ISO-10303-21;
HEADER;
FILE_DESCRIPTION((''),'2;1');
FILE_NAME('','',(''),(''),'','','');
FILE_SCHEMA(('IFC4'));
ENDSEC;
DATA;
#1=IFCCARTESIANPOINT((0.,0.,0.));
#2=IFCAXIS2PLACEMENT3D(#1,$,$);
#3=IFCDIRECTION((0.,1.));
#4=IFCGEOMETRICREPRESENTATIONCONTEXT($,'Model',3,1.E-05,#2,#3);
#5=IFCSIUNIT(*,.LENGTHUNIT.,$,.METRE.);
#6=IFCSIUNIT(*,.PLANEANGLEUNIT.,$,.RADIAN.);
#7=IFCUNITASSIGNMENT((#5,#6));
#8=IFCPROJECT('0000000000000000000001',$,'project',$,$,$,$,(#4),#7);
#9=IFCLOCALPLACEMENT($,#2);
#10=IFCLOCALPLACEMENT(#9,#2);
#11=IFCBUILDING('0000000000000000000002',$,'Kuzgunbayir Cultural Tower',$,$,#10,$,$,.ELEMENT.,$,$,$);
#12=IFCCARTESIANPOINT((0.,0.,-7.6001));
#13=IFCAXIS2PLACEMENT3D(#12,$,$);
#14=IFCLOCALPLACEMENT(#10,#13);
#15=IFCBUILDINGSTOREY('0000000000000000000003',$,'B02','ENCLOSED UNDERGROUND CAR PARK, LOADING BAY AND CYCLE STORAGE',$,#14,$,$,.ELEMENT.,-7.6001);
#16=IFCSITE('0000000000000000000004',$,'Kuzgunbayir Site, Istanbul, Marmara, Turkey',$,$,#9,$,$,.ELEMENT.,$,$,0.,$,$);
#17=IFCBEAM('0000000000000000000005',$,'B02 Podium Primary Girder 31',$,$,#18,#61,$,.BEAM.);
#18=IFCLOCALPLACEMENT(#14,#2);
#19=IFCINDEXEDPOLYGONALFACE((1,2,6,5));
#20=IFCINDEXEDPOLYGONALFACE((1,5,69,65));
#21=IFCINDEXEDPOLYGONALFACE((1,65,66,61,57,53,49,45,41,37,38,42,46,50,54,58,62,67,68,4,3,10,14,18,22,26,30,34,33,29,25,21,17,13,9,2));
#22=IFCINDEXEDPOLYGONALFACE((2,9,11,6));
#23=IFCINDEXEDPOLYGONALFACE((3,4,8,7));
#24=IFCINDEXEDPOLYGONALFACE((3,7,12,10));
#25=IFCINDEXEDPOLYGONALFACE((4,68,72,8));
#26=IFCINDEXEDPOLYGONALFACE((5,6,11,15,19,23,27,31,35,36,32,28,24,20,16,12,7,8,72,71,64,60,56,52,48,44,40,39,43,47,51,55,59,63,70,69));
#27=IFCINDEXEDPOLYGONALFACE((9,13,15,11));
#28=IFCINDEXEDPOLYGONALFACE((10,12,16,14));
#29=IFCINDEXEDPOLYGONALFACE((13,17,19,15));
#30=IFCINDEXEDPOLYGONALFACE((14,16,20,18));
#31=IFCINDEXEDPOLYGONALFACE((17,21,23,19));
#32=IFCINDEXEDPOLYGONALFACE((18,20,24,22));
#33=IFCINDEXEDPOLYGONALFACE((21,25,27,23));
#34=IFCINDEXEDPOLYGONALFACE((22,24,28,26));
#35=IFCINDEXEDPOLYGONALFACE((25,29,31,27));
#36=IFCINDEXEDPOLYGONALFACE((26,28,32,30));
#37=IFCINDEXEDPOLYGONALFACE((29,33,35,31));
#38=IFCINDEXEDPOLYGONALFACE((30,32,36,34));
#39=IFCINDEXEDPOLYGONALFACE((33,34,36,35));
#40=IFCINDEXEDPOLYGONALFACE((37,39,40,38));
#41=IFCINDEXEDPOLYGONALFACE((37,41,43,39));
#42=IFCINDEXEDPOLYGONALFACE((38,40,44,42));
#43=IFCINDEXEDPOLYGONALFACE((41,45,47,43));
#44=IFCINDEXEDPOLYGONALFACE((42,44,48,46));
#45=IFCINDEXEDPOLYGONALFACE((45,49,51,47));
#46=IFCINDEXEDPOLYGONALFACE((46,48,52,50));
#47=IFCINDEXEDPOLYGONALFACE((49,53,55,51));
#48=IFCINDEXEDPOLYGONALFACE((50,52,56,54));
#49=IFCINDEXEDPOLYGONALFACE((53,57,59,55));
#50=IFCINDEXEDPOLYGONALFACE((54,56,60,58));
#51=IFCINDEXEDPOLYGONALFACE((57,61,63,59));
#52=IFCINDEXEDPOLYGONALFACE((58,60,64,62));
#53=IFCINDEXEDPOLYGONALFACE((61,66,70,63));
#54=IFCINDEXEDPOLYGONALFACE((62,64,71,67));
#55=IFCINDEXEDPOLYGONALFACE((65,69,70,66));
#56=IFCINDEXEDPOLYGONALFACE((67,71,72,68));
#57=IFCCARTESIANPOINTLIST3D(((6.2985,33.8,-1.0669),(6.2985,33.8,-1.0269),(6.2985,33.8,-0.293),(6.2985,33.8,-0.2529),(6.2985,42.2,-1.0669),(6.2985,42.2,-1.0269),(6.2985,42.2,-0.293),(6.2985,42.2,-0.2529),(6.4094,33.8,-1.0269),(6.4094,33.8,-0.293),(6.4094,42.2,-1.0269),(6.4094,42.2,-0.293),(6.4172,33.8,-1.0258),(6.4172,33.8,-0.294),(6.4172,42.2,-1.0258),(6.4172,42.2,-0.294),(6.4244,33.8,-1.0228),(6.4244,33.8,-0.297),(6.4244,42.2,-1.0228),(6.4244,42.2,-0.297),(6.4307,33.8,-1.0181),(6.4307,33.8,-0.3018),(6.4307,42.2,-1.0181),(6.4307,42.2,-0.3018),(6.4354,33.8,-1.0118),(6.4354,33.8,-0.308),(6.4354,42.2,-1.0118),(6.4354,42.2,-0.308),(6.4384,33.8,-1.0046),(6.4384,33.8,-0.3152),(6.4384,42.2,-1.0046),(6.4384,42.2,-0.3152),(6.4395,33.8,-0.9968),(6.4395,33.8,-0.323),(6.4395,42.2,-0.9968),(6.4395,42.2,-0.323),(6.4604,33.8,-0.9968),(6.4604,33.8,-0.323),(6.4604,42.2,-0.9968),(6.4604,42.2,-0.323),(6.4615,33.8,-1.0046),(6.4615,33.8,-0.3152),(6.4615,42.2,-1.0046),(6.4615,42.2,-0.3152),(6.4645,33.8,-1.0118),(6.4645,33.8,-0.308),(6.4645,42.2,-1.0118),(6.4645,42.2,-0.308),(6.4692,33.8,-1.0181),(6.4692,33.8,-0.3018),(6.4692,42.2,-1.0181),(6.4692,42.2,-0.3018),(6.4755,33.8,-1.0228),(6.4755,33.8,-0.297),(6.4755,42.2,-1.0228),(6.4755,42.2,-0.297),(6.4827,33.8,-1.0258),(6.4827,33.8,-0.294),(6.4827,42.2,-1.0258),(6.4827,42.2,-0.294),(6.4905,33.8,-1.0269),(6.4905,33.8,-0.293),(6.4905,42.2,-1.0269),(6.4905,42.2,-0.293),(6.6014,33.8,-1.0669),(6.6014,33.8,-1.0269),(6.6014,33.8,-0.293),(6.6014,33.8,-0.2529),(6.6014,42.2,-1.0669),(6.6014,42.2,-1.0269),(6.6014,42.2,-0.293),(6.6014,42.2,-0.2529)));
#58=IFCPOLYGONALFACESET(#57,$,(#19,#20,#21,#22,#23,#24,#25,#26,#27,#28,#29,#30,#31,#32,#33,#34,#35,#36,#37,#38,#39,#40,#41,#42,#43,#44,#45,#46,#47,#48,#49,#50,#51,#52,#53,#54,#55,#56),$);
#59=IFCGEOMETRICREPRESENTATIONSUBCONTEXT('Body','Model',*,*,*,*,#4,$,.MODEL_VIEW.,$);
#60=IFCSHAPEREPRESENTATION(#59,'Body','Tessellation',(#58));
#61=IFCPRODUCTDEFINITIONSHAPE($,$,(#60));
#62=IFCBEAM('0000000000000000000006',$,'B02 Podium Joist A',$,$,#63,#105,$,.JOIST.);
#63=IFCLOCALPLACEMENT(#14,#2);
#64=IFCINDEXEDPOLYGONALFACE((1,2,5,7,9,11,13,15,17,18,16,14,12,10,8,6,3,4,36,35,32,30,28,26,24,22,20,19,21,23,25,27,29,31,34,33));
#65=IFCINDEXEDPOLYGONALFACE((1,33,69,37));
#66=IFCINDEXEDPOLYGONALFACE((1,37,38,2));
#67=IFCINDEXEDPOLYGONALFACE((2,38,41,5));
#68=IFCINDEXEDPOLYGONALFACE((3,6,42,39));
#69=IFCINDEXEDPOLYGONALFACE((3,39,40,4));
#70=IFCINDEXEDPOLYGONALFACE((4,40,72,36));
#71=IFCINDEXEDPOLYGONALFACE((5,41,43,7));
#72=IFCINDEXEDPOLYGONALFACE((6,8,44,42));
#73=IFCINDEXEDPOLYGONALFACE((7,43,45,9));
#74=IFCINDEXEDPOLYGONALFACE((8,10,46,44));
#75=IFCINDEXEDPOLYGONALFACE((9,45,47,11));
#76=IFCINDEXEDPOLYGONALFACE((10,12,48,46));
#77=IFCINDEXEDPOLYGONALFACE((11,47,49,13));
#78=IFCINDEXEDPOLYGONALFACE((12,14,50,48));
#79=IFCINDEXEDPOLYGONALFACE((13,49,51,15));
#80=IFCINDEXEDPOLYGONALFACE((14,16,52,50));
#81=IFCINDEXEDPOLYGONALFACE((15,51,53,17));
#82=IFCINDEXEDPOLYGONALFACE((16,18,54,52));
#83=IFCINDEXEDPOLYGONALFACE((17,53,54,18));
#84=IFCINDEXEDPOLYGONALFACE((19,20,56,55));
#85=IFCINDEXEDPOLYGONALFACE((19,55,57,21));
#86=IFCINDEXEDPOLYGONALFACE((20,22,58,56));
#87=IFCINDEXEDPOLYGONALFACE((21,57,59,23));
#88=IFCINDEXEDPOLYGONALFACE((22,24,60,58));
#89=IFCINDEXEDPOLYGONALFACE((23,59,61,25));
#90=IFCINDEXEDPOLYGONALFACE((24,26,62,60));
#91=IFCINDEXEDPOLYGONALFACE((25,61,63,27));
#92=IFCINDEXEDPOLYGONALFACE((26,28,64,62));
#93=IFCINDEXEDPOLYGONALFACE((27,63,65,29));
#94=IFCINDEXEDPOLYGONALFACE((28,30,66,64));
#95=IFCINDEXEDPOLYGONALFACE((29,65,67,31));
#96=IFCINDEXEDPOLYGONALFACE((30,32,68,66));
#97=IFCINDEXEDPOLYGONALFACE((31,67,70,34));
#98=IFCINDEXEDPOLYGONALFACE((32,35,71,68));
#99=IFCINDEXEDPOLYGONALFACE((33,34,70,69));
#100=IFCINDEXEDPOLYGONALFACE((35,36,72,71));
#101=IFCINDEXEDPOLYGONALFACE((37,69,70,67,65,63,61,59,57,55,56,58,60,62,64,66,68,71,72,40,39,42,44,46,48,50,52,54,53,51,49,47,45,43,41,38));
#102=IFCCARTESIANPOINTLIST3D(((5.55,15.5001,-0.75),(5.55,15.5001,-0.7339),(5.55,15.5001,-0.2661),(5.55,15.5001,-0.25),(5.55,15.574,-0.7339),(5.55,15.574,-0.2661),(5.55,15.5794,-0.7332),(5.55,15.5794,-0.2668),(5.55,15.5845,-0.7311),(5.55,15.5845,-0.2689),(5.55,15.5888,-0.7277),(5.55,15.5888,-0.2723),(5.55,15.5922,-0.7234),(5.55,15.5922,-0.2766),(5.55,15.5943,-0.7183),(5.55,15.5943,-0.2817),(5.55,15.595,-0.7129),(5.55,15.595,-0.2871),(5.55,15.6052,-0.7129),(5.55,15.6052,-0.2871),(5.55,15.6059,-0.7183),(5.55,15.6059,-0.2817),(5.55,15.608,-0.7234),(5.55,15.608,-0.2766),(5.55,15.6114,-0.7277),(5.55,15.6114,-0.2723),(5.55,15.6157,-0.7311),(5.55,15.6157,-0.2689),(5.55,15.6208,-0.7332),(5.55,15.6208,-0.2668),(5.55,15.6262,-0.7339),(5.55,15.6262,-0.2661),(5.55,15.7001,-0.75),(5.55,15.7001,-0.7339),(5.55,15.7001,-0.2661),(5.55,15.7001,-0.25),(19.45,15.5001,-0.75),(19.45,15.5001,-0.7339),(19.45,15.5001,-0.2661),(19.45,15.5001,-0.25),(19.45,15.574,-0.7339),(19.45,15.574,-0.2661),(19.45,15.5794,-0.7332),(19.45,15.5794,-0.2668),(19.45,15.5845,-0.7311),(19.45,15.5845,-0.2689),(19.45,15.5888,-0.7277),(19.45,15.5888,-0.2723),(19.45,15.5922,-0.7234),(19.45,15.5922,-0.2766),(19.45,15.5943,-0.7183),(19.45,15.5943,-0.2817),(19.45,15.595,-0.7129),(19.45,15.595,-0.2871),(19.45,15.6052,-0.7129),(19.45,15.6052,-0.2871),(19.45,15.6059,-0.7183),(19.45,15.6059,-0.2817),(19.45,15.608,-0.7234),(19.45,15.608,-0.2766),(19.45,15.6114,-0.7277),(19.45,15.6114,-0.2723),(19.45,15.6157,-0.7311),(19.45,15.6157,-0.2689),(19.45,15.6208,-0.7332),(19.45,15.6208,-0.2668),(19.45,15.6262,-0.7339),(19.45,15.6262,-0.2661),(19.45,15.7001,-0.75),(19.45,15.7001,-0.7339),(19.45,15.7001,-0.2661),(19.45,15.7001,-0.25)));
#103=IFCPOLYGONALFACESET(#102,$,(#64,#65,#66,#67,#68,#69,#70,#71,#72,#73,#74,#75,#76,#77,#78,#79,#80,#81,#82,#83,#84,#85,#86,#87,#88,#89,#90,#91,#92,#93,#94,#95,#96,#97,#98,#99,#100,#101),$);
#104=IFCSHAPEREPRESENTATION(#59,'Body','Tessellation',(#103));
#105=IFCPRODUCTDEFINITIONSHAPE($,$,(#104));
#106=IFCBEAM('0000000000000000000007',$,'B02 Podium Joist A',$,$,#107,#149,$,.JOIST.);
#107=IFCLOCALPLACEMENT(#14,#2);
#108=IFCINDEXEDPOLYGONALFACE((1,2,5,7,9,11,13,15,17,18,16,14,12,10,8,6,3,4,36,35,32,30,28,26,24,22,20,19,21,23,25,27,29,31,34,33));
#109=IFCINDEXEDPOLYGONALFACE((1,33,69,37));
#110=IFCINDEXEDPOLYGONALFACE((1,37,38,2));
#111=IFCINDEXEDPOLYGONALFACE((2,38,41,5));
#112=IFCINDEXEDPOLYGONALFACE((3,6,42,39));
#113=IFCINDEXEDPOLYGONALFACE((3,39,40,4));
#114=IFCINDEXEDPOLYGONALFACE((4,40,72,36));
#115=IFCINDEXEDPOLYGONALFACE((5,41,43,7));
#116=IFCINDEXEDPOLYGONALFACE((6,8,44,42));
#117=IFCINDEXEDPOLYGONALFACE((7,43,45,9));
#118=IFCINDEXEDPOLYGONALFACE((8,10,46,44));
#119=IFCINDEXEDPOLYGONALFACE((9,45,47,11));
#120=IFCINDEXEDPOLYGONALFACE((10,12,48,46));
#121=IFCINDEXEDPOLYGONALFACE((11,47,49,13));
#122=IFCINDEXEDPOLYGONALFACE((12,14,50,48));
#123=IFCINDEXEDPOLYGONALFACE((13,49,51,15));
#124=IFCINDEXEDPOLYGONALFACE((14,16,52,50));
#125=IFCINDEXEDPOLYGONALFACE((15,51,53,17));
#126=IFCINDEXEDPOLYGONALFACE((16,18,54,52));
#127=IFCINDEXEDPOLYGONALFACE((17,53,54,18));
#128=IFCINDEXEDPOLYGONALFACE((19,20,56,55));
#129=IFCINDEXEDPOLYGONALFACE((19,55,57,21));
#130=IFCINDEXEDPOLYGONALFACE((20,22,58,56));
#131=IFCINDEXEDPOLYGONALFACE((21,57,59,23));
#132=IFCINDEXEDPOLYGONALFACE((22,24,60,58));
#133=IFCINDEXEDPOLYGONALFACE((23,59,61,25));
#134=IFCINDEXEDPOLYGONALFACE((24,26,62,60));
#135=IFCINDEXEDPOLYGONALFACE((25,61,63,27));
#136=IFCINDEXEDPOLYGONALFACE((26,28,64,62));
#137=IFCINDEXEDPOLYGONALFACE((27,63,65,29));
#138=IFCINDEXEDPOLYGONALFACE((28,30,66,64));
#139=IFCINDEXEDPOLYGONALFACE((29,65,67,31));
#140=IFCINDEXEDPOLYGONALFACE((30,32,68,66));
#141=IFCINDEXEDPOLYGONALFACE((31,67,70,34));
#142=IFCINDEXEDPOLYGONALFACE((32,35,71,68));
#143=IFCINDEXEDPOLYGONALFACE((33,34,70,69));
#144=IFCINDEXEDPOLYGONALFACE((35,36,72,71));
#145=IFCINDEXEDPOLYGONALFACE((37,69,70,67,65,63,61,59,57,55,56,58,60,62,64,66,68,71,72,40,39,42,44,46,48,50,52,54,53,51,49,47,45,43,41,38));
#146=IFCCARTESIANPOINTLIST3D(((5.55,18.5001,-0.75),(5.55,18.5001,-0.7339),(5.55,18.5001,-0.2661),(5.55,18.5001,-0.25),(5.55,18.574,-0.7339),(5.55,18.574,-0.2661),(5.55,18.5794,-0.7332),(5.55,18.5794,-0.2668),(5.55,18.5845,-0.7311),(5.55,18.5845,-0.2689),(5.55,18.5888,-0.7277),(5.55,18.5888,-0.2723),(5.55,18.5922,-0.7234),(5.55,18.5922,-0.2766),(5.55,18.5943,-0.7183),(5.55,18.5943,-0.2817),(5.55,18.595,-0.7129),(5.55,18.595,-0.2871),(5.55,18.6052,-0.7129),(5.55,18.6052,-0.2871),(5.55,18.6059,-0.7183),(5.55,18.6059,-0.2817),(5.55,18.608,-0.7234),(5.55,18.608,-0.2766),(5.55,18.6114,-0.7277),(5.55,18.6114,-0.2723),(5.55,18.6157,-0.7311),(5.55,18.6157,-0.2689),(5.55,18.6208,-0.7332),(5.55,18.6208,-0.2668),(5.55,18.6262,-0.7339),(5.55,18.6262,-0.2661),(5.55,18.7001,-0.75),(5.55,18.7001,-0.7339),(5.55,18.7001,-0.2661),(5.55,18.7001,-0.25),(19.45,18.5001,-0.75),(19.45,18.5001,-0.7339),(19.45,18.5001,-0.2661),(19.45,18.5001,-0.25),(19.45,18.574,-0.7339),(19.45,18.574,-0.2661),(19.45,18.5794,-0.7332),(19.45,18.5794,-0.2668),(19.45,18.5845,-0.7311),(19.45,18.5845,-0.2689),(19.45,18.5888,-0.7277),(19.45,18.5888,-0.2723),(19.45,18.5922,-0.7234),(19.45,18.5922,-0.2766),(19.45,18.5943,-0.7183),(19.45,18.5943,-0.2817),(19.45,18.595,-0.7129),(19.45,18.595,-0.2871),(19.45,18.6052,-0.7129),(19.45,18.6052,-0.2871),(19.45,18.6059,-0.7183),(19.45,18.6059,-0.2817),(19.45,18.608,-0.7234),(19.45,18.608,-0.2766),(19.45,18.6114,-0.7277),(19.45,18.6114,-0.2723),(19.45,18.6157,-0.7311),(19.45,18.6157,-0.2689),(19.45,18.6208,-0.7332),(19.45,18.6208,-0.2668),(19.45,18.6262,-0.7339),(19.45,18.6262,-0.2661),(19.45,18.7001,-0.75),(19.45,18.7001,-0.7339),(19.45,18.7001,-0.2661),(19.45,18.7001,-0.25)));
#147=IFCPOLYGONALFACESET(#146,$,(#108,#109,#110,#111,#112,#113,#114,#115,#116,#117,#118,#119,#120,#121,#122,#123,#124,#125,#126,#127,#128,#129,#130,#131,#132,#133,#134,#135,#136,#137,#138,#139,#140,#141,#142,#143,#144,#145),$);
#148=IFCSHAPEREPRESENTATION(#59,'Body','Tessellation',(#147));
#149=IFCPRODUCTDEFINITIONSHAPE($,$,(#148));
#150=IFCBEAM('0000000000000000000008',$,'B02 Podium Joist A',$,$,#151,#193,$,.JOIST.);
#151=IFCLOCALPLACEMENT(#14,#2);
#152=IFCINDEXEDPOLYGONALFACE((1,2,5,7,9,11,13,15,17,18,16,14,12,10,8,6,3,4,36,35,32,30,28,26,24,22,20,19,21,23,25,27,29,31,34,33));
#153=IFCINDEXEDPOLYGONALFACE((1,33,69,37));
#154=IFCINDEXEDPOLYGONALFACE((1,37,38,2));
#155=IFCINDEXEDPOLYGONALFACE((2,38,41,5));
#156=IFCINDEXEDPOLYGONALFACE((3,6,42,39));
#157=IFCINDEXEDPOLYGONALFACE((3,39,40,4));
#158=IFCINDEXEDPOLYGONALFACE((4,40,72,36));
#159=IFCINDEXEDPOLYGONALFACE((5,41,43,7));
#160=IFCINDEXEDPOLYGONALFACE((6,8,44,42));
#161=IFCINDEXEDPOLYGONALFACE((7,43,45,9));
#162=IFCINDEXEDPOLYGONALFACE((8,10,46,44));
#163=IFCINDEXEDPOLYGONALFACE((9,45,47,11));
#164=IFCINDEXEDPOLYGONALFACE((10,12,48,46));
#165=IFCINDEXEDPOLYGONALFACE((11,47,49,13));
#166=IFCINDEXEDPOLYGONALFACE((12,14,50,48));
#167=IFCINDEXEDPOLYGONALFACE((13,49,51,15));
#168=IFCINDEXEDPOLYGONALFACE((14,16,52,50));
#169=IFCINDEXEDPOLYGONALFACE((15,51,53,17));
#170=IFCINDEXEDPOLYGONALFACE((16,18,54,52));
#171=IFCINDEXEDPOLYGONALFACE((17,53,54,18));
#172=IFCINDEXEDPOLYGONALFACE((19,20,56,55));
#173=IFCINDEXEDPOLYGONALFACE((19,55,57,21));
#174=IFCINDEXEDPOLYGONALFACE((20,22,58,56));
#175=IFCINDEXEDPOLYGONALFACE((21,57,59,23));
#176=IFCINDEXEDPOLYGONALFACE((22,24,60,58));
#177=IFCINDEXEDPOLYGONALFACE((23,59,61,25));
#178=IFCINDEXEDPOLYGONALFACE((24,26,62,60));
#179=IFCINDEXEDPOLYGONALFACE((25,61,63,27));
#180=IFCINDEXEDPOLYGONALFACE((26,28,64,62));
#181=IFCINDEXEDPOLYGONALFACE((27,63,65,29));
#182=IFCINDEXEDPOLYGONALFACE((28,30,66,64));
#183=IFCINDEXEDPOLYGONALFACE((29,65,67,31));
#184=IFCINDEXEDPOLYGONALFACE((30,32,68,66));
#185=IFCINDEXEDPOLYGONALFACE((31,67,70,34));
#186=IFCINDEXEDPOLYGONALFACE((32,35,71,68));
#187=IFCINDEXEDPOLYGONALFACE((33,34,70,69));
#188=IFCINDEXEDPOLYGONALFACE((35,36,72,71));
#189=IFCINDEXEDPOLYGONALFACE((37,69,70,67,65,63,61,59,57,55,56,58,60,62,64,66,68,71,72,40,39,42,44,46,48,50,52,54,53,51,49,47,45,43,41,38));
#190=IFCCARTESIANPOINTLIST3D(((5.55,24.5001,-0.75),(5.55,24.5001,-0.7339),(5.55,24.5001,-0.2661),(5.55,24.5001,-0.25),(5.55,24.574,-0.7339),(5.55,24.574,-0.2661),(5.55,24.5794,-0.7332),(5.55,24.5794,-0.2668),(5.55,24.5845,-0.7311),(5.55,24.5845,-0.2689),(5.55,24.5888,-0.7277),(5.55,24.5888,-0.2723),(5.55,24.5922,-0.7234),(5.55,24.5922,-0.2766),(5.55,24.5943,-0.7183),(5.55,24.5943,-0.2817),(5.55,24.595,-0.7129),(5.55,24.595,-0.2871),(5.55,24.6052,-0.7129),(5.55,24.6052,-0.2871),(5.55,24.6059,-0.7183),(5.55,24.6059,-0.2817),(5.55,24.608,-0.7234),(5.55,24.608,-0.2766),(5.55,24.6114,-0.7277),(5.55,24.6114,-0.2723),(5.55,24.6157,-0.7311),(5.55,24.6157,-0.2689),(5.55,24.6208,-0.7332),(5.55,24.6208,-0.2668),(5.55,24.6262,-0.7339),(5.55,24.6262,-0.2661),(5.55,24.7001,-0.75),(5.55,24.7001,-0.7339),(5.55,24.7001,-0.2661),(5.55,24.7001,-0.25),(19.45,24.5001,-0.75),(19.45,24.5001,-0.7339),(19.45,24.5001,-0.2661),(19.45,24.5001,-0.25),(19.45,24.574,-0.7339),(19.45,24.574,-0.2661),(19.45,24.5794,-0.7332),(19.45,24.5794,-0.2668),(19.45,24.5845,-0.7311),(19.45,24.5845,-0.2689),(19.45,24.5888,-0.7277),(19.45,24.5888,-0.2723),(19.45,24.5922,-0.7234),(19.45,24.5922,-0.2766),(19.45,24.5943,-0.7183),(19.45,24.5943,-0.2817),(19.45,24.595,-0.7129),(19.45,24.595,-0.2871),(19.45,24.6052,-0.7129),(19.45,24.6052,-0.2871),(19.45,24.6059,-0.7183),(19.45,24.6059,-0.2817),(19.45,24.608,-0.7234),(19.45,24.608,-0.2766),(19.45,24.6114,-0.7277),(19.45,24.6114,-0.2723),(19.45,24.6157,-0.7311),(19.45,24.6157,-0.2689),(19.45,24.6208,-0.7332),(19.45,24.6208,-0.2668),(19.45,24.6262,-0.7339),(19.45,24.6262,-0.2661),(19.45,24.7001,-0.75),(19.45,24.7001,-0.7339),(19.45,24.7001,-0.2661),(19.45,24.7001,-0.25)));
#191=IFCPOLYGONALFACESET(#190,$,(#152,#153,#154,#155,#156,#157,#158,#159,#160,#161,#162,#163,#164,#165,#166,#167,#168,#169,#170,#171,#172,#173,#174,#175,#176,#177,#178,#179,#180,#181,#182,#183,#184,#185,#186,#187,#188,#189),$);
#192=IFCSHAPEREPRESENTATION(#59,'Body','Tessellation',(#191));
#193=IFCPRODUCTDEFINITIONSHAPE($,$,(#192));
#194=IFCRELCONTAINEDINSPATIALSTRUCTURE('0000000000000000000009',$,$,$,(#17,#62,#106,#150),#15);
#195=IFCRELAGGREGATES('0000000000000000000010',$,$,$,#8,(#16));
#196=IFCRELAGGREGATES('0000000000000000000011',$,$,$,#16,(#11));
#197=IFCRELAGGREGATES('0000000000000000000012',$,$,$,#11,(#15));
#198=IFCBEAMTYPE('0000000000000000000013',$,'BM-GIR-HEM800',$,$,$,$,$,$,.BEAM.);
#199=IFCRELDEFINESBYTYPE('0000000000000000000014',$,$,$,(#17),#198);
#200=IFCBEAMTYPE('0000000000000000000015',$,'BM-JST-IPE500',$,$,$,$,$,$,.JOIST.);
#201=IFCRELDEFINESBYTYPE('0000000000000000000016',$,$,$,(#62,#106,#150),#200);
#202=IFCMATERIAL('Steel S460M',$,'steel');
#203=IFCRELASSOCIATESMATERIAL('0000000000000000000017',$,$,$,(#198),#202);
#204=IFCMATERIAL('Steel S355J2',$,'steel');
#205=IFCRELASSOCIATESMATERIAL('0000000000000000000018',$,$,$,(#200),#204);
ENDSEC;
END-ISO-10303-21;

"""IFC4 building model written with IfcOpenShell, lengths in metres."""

from ifc_helpers import new_model, si_unit, direction, frame, origin, origin_2d, place, context, subcontext, project, spatial, i_section, extrude, material, material_profile, profile_set, type_object, element, save


model = new_model("IFC4")

# Units and contexts
model_context = context("Model", 3, precision=1e-05, world=origin(), true_north=direction((0.0, 1.0)))
body_context = subcontext(model_context, "Body", "Model", "MODEL_VIEW")
ifc_project = project(units=[si_unit("LENGTHUNIT", "METRE"), si_unit("PLANEANGLEUNIT", "RADIAN")], contexts=[model_context])

# Site, building, storey
site_placement = place(None, origin())
site = spatial("IfcSite", under=ifc_project, at=site_placement, Name="Kuzgunbayir Site, Istanbul, Marmara, Turkey", CompositionType="ELEMENT", RefElevation=0.0)
building_placement = place(site_placement, origin())
building = spatial("IfcBuilding", under=site, at=building_placement, Name="Kuzgunbayir Cultural Tower", CompositionType="ELEMENT")
storey_placement = place(building_placement, frame((0.0, 0.0, -7.6001)))
storey = spatial("IfcBuildingStorey", under=building, at=storey_placement, Name="B02", Description="ENCLOSED UNDERGROUND CAR PARK, LOADING BAY AND CYCLE STORAGE", CompositionType="ELEMENT", Elevation=-7.6001)

# Beams
ifc_material_1 = material(Name="Steel S460M", Category="steel")
ifc_material_profile_1 = material_profile(ifc_material_1, i_section(OverallWidth=0.303, OverallDepth=0.814, WebThickness=0.021, FlangeThickness=0.04, FilletRadius=0.03, at=origin_2d()), Name="HEM 800")
ifc_profile_set_1 = profile_set([ifc_material_profile_1], Name="Steel S460M")
beam_type_1 = type_object("IfcBeamType", Name="BM-GIR-HEM800", PredefinedType="BEAM", material=ifc_profile_set_1)
beam_1_placement = place(storey_placement, frame((6.45, 33.8, -0.6599), z_axis=(0.0, 1.0, 0.0), x_axis=(-1.0, 0.0, 0.0)))
element("IfcBeam", 1, at=beam_1_placement, inside=storey, type_object=beam_type_1, Name="B02 Podium Primary Girder 31", PredefinedType="BEAM", context=body_context, shape_type="SweptSolid", body=[
    extrude(i_section(OverallWidth=0.303, OverallDepth=0.814, WebThickness=0.021, FlangeThickness=0.04, FilletRadius=0.03, at=origin_2d()), origin(), (0.0, 0.0, 1.0), 8.3999),
])
ifc_material_2 = material(Name="Steel S355J2", Category="steel")
ifc_material_profile_2 = material_profile(ifc_material_2, i_section(OverallWidth=0.2, OverallDepth=0.5, WebThickness=0.0103, FlangeThickness=0.0161, FilletRadius=0.021, at=origin_2d()), Name="IPE 500")
ifc_profile_set_2 = profile_set([ifc_material_profile_2], Name="Steel S355J2")
beam_type_2 = type_object("IfcBeamType", Name="BM-JST-IPE500", PredefinedType="JOIST", material=ifc_profile_set_2)
for number, where, z_axis, x_axis, name in (
    (2, (5.55, 15.6001, -0.5), (1.0, 0.0, 0.0), (0.0, 1.0, 0.0), "B02 Podium Joist A"),
    (3, (5.55, 18.6001, -0.5), (1.0, 0.0, 0.0), (0.0, 1.0, 0.0), "B02 Podium Joist A"),
    (4, (5.55, 24.6001, -0.5), (1.0, 0.0, 0.0), (0.0, 1.0, 0.0), "B02 Podium Joist A"),
):
    element("IfcBeam", number, at=place(storey_placement, frame(where, z_axis=z_axis, x_axis=x_axis)), inside=storey, type_object=beam_type_2, Name=name, PredefinedType="JOIST", context=body_context, shape_type="SweptSolid", body=[
        extrude(i_section(OverallWidth=0.2, OverallDepth=0.5, WebThickness=0.0103, FlangeThickness=0.0161, FilletRadius=0.021, at=origin_2d()), origin(), (0.0, 0.0, 1.0), 13.8999),
    ])

save(model, "model.ifc")
